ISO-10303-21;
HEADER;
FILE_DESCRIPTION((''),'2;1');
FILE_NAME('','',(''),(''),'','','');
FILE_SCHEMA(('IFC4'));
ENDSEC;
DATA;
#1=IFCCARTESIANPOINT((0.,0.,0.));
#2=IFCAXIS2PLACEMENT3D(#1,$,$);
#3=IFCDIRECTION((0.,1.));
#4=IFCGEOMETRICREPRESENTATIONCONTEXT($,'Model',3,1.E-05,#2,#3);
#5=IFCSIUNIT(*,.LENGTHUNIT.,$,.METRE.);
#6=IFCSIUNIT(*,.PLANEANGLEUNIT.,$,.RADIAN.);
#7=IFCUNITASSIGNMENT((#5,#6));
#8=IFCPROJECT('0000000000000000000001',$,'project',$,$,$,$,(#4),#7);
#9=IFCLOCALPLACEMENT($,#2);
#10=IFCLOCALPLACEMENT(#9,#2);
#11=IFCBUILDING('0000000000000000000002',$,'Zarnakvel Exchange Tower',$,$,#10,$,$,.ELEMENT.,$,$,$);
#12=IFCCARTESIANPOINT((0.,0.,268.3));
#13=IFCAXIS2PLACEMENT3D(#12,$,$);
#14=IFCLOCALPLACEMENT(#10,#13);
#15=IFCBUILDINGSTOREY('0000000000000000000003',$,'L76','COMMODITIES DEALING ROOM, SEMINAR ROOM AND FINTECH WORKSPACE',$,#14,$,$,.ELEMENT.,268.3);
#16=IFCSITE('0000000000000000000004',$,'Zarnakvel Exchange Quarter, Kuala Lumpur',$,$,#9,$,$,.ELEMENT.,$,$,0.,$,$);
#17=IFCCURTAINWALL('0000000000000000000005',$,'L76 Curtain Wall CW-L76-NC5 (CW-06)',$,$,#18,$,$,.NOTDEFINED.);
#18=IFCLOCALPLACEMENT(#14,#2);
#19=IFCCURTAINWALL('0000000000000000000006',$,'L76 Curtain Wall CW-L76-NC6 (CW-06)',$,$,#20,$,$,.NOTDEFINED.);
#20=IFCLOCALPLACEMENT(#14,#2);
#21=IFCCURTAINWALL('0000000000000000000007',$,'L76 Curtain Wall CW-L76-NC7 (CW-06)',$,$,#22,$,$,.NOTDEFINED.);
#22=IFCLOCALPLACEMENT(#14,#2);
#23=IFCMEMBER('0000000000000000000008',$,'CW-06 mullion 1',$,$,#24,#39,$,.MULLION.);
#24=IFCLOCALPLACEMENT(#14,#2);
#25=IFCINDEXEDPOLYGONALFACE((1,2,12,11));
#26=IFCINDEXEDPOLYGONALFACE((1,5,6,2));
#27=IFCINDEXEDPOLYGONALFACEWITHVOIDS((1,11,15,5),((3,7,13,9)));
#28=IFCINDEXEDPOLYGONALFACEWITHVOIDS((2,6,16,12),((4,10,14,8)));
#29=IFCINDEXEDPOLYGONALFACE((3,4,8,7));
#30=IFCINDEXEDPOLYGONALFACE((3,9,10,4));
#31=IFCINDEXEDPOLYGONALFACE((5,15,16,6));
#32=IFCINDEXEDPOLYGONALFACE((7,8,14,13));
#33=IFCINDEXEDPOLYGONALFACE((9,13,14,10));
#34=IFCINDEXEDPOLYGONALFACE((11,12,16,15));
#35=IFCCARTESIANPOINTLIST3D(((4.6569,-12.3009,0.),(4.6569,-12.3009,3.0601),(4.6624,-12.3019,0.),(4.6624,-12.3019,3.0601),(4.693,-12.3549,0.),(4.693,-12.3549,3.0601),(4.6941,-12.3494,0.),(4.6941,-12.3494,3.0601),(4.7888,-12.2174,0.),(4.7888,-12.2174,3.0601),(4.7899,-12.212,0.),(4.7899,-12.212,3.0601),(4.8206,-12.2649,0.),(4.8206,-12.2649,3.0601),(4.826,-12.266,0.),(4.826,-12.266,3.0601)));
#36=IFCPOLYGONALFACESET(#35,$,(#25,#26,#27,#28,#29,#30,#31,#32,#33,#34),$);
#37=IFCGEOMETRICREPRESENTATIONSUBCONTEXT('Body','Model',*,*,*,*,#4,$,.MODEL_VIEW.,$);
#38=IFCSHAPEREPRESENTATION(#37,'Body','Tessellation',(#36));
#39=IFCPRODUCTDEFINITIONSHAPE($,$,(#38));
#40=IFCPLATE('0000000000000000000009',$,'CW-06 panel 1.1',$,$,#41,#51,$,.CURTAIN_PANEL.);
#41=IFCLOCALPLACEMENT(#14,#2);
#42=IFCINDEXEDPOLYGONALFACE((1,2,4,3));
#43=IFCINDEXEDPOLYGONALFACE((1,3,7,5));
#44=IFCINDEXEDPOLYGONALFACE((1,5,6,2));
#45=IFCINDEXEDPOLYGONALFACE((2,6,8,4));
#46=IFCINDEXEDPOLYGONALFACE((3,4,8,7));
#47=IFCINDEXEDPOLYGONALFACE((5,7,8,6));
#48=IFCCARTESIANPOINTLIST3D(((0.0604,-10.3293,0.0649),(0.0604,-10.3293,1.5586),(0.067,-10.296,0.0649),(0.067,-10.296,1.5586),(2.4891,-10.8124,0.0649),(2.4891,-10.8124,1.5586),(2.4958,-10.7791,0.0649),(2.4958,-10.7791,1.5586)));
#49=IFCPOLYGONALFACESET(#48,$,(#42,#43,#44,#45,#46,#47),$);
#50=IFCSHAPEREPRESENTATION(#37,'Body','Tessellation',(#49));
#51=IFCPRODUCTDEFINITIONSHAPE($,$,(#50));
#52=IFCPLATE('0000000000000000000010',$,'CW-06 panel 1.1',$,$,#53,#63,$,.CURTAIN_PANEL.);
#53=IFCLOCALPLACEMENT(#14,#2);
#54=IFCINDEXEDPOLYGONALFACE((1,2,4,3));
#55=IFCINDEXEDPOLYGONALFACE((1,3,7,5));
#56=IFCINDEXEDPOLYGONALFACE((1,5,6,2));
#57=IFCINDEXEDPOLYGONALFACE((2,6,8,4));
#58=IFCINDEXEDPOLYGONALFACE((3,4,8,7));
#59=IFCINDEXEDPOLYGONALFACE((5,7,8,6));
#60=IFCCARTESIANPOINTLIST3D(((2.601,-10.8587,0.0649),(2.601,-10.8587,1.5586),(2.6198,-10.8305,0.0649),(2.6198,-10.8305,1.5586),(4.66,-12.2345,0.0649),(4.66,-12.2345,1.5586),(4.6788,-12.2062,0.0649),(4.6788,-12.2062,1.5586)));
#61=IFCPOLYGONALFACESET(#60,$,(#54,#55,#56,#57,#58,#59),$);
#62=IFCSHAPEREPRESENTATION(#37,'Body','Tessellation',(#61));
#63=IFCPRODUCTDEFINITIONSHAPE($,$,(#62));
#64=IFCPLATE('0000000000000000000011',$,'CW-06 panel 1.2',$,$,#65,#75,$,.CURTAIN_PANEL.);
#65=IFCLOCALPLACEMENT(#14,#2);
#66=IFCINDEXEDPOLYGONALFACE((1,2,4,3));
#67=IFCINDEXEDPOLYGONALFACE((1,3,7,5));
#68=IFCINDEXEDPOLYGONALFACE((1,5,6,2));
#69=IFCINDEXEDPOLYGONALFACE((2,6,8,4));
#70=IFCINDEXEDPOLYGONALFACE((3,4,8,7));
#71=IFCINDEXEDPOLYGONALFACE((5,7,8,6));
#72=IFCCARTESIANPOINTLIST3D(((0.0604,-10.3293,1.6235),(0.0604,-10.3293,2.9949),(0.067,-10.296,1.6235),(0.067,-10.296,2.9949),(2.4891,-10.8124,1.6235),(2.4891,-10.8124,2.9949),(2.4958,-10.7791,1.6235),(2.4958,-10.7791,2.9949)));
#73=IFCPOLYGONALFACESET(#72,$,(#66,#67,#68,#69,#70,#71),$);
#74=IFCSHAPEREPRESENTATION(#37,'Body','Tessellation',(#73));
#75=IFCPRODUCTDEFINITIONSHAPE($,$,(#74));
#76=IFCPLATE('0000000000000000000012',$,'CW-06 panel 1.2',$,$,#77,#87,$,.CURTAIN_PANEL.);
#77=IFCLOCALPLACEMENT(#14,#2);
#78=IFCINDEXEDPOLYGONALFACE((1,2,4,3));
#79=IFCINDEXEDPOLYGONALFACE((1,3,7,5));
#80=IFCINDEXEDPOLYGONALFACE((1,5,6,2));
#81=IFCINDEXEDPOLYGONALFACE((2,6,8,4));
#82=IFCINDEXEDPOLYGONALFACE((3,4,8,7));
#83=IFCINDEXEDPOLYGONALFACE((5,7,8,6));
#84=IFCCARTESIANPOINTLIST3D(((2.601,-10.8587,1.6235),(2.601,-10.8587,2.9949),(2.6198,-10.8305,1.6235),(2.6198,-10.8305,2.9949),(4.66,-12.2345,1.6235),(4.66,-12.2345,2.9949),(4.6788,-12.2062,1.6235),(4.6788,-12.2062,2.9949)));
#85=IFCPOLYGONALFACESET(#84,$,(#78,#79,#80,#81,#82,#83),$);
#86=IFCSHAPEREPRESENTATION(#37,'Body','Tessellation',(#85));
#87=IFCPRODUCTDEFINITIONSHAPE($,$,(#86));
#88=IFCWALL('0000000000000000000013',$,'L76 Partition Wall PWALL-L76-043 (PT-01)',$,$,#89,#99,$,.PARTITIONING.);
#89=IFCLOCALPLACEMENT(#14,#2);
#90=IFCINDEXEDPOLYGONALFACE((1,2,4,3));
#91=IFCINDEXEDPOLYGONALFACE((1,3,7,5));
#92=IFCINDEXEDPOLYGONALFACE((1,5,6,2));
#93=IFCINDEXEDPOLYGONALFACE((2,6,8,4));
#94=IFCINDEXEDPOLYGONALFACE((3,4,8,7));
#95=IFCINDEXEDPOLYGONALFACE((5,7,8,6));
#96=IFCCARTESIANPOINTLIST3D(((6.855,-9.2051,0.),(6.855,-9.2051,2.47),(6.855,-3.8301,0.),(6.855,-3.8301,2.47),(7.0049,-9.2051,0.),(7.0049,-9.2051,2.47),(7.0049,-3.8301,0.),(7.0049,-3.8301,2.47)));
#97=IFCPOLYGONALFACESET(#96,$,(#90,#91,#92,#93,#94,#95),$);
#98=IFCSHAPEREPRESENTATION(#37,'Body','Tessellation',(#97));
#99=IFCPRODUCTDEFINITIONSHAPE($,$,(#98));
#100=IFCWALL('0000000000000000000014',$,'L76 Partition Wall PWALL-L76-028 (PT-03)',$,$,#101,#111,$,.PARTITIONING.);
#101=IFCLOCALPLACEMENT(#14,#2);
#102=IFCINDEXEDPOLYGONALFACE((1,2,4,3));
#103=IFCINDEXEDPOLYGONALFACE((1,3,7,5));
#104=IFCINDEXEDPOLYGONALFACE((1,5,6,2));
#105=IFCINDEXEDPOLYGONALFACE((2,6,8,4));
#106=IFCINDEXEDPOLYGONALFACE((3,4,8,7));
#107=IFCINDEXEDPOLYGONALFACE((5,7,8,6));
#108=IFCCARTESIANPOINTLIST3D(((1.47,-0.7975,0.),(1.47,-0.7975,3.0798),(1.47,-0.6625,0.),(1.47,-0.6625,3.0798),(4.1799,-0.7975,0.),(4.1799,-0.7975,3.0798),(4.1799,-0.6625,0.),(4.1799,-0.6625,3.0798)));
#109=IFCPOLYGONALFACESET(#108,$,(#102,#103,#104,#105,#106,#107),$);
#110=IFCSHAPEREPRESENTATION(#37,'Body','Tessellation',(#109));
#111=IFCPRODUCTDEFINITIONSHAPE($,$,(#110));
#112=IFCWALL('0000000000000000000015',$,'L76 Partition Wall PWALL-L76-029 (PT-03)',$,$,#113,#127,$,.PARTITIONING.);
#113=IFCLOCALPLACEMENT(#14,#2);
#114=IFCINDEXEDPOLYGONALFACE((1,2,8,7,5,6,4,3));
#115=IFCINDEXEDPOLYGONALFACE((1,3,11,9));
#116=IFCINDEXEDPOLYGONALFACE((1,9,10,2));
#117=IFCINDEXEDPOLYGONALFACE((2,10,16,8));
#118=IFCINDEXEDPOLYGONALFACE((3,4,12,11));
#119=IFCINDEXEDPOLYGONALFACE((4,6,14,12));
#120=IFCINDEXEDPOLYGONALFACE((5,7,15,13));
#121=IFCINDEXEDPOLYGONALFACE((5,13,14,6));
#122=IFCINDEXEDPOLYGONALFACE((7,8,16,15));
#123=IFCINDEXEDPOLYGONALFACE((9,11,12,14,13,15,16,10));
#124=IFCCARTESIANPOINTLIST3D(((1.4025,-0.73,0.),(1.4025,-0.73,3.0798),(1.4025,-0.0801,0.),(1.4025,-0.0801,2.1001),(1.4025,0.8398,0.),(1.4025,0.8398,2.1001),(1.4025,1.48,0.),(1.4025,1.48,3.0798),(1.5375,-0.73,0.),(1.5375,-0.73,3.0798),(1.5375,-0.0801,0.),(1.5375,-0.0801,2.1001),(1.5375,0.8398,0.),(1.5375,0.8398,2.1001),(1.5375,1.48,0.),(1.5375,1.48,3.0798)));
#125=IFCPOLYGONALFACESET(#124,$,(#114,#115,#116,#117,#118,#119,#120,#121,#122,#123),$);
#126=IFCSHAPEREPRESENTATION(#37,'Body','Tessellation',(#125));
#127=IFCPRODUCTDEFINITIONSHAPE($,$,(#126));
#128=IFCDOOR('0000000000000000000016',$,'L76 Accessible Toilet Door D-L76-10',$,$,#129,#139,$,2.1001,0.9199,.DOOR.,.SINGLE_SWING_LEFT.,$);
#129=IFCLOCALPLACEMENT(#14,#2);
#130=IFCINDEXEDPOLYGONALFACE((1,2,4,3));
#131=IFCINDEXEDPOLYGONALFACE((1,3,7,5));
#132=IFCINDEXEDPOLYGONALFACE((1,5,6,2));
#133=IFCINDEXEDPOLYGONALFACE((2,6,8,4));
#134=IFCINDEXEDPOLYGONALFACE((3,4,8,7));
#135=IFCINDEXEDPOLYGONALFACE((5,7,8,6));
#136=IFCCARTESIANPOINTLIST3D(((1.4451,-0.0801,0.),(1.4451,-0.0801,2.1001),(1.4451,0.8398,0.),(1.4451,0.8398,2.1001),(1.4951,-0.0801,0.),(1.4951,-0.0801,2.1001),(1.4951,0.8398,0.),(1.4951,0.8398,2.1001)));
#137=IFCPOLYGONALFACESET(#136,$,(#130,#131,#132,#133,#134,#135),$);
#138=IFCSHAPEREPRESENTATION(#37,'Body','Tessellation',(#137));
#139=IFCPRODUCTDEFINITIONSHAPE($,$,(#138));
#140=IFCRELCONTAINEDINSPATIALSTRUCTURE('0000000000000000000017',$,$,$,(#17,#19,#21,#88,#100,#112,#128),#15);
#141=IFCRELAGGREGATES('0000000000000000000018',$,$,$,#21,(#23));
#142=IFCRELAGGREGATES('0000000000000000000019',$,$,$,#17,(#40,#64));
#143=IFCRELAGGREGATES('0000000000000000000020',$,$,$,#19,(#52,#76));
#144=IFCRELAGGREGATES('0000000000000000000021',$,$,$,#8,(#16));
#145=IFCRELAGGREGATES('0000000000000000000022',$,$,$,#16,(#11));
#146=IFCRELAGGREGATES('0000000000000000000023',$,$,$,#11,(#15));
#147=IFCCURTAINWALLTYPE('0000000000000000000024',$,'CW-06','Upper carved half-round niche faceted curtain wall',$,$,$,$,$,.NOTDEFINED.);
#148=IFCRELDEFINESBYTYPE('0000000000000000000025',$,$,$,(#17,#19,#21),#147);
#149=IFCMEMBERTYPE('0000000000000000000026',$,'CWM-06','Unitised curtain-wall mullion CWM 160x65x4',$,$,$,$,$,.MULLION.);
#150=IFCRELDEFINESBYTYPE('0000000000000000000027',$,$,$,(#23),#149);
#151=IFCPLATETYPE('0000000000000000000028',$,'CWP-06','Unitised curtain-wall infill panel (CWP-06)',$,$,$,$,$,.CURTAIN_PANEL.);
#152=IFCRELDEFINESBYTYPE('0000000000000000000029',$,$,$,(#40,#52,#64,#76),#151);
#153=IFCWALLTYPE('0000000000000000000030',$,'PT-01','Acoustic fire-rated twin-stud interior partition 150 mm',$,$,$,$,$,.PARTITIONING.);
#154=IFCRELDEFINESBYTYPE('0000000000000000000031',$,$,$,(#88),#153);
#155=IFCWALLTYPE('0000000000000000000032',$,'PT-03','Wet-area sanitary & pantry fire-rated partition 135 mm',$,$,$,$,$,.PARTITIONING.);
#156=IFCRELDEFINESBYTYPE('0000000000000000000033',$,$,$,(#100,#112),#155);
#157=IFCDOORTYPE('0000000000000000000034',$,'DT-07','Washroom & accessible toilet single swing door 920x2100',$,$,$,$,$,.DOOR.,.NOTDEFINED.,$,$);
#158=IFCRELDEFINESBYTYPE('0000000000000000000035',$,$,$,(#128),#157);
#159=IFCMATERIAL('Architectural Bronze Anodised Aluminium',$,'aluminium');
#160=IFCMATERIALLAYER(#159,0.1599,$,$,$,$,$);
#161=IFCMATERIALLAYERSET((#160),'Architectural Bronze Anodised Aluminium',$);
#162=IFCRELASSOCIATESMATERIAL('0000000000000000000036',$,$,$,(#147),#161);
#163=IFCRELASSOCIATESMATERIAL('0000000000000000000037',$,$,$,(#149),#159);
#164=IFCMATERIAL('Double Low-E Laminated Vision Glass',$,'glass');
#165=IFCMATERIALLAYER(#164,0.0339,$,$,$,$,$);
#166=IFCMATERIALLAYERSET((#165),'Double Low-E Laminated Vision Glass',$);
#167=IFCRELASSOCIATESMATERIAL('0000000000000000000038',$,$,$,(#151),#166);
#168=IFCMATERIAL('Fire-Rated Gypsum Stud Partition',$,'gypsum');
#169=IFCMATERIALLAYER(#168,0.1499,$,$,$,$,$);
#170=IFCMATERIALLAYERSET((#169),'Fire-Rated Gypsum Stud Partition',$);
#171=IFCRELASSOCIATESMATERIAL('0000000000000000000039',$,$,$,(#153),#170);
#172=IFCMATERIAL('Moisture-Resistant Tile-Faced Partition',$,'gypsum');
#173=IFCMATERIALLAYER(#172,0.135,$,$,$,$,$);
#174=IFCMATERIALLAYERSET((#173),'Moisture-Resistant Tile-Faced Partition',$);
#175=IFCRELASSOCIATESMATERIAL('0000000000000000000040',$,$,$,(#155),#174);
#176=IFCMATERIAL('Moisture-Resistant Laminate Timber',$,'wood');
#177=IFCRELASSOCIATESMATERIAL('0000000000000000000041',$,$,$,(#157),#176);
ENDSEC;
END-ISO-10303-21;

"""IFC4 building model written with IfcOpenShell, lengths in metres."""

from ifc_helpers import new_model, si_unit, direction, frame, frame_2d, origin, origin_2d, place, context, subcontext, project, spatial, rectangle, hollow_rectangle, extrude, source, transform, mapped, material, layer, layer_set, material_profile, profile_set, type_object, element, fill, aggregate, save


model = new_model("IFC4")

# Units and contexts
model_context = context("Model", 3, precision=1e-05, world=origin(), true_north=direction((0.0, 1.0)))
body_context = subcontext(model_context, "Body", "Model", "MODEL_VIEW")
ifc_project = project(units=[si_unit("LENGTHUNIT", "METRE"), si_unit("PLANEANGLEUNIT", "RADIAN")], contexts=[model_context])

# Site, building, storey
site_placement = place(None, origin())
site = spatial("IfcSite", under=ifc_project, at=site_placement, Name="Zarnakvel Exchange Quarter, Kuala Lumpur", CompositionType="ELEMENT", RefElevation=0.0)
building_placement = place(site_placement, origin())
building = spatial("IfcBuilding", under=site, at=building_placement, Name="Zarnakvel Exchange Tower", CompositionType="ELEMENT")
storey_placement = place(building_placement, frame((0.0, 0.0, 268.3)))
storey = spatial("IfcBuildingStorey", under=building, at=storey_placement, Name="L76", Description="COMMODITIES DEALING ROOM, SEMINAR ROOM AND FINTECH WORKSPACE", CompositionType="ELEMENT", Elevation=268.3)

# Curtain walls
ifc_material_1 = material(Name="Architectural Bronze Anodised Aluminium", Category="aluminium")
ifc_layer_1 = layer(ifc_material_1, 0.1599)
ifc_layer_set_1 = layer_set([ifc_layer_1], Name="Architectural Bronze Anodised Aluminium")
curtain_wall_type = type_object("IfcCurtainWallType", Name="CW-06", Description="Upper carved half-round niche faceted curtain wall", PredefinedType="NOTDEFINED", material=ifc_layer_set_1)
curtain_wall_1_placement = place(storey_placement, origin())
curtain_wall_1 = element("IfcCurtainWall", 1, at=curtain_wall_1_placement, inside=storey, type_object=curtain_wall_type, Name="L76 Curtain Wall CW-L76-NC5 (CW-06)", PredefinedType="NOTDEFINED")
curtain_wall_2_placement = place(storey_placement, origin())
curtain_wall_2 = element("IfcCurtainWall", 2, at=curtain_wall_2_placement, inside=storey, type_object=curtain_wall_type, Name="L76 Curtain Wall CW-L76-NC6 (CW-06)", PredefinedType="NOTDEFINED")

# Shared definitions
ifc_material_profile_1 = material_profile(ifc_material_1, hollow_rectangle(XDim=0.1599, YDim=0.0649, WallThickness=0.0039, at=origin_2d()))
ifc_profile_set_1 = profile_set([ifc_material_profile_1], Name="Architectural Bronze Anodised Aluminium")
member_type_1 = type_object("IfcMemberType", Name="CWM-06", Description="Unitised curtain-wall mullion CWM 160x65x4", PredefinedType="MULLION", material=ifc_profile_set_1)
shared_shape_1 = source(origin(), body_context, "Body", "SweptSolid", [
    extrude(hollow_rectangle(XDim=0.1599, YDim=0.0649, WallThickness=0.0039, at=origin_2d()), origin(), (0.0, 0.0, 1.0), 3.0601),
])

# Curtain wall, member
curtain_wall_3_placement = place(storey_placement, origin())
curtain_wall_3 = element("IfcCurtainWall", 3, at=curtain_wall_3_placement, inside=storey, type_object=curtain_wall_type, Name="L76 Curtain Wall CW-L76-NC7 (CW-06)", PredefinedType="NOTDEFINED")
member_1_placement = place(storey_placement, frame((4.7415, -12.2834, 0.0), z_axis=(0.0, 0.0, 1.0), x_axis=(0.83147, 0.55557, 0.0)))
member_1 = element("IfcMember", 4, at=member_1_placement, type_object=member_type_1, Name="CW-06 mullion 1", PredefinedType="MULLION", context=body_context, shape_type="MappedRepresentation", body=[
    mapped(shared_shape_1, transform((0.0, 0.0, 0.0), x_axis=(1.0, 0.0, 0.0), y_axis=(0.0, 1.0, 0.0), z_axis=(0.0, 0.0, 1.0), scale=1.0)),
])
aggregate(curtain_wall_3, [member_1])

# Plates
ifc_material_2 = material(Name="Double Low-E Laminated Vision Glass", Category="glass")
ifc_layer_2 = layer(ifc_material_2, 0.0339)
ifc_layer_set_2 = layer_set([ifc_layer_2], Name="Double Low-E Laminated Vision Glass")
plate_type = type_object("IfcPlateType", Name="CWP-06", Description="Unitised curtain-wall infill panel (CWP-06)", PredefinedType="CURTAIN_PANEL", material=ifc_layer_set_2)
shared_shape_2 = source(origin(), body_context, "Body", "SweptSolid", [
    extrude(rectangle(XDim=2.4763, YDim=0.0339, at=origin_2d()), origin(), (0.0, 0.0, 1.0), 1.4937),
])
plate_1_placement = place(storey_placement, frame((1.2781, -10.5542, 0.0649), z_axis=(0.0, 0.0, 1.0), x_axis=(0.980785, -0.19509, 0.0)))
plate_1 = element("IfcPlate", 5, at=plate_1_placement, type_object=plate_type, Name="CW-06 panel 1.1", PredefinedType="CURTAIN_PANEL", context=body_context, shape_type="MappedRepresentation", body=[
    mapped(shared_shape_2, transform((0.0, 0.0, 0.0), x_axis=(1.0, 0.0, 0.0), y_axis=(0.0, 1.0, 0.0), z_axis=(0.0, 0.0, 1.0), scale=1.0)),
])
plate_2_placement = place(storey_placement, frame((3.6399, -11.5325, 0.0649), z_axis=(0.0, 0.0, 1.0), x_axis=(0.83147, -0.55557, 0.0)))
plate_2 = element("IfcPlate", 6, at=plate_2_placement, type_object=plate_type, Name="CW-06 panel 1.1", PredefinedType="CURTAIN_PANEL", context=body_context, shape_type="MappedRepresentation", body=[
    mapped(shared_shape_2, transform((0.0, 0.0, 0.0), x_axis=(1.0, 0.0, 0.0), y_axis=(0.0, 1.0, 0.0), z_axis=(0.0, 0.0, 1.0), scale=1.0)),
])
shared_shape_3 = source(origin(), body_context, "Body", "SweptSolid", [
    extrude(rectangle(XDim=2.4763, YDim=0.0339, at=origin_2d()), origin(), (0.0, 0.0, 1.0), 1.3713),
])
plate_3_placement = place(storey_placement, frame((1.2781, -10.5542, 1.6235), z_axis=(0.0, 0.0, 1.0), x_axis=(0.980785, -0.19509, 0.0)))
plate_3 = element("IfcPlate", 7, at=plate_3_placement, type_object=plate_type, Name="CW-06 panel 1.2", PredefinedType="CURTAIN_PANEL", context=body_context, shape_type="MappedRepresentation", body=[
    mapped(shared_shape_3, transform((0.0, 0.0, 0.0), x_axis=(1.0, 0.0, 0.0), y_axis=(0.0, 1.0, 0.0), z_axis=(0.0, 0.0, 1.0), scale=1.0)),
])
aggregate(curtain_wall_1, [plate_1, plate_3])
plate_4_placement = place(storey_placement, frame((3.6399, -11.5325, 1.6235), z_axis=(0.0, 0.0, 1.0), x_axis=(0.83147, -0.55557, 0.0)))
plate_4 = element("IfcPlate", 8, at=plate_4_placement, type_object=plate_type, Name="CW-06 panel 1.2", PredefinedType="CURTAIN_PANEL", context=body_context, shape_type="MappedRepresentation", body=[
    mapped(shared_shape_3, transform((0.0, 0.0, 0.0), x_axis=(1.0, 0.0, 0.0), y_axis=(0.0, 1.0, 0.0), z_axis=(0.0, 0.0, 1.0), scale=1.0)),
])
aggregate(curtain_wall_2, [plate_2, plate_4])

# Walls
ifc_material_3 = material(Name="Fire-Rated Gypsum Stud Partition", Category="gypsum")
ifc_layer_3 = layer(ifc_material_3, 0.1499)
ifc_layer_set_3 = layer_set([ifc_layer_3], Name="Fire-Rated Gypsum Stud Partition")
wall_type_1 = type_object("IfcWallType", Name="PT-01", Description="Acoustic fire-rated twin-stud interior partition 150 mm", PredefinedType="PARTITIONING", material=ifc_layer_set_3)
wall_1_placement = place(storey_placement, frame((6.9299, -3.8301, 0.0), z_axis=(0.0, 0.0, 1.0), x_axis=(0.0, -1.0, 0.0)))
element("IfcWall", 9, at=wall_1_placement, inside=storey, type_object=wall_type_1, Name="L76 Partition Wall PWALL-L76-043 (PT-01)", PredefinedType="PARTITIONING", context=body_context, shape_type="SweptSolid", body=[
    extrude(rectangle(XDim=5.375, YDim=0.1499, at=frame_2d((2.6875, 0.0))), origin(), (0.0, 0.0, 1.0), 2.47),
])
ifc_material_4 = material(Name="Moisture-Resistant Tile-Faced Partition", Category="gypsum")
ifc_layer_4 = layer(ifc_material_4, 0.135)
ifc_layer_set_4 = layer_set([ifc_layer_4], Name="Moisture-Resistant Tile-Faced Partition")
wall_type_2 = type_object("IfcWallType", Name="PT-03", Description="Wet-area sanitary & pantry fire-rated partition 135 mm", PredefinedType="PARTITIONING", material=ifc_layer_set_4)
wall_2_placement = place(storey_placement, frame((4.1799, -0.73, 0.0), z_axis=(0.0, 0.0, 1.0), x_axis=(-1.0, 0.0, 0.0)))
element("IfcWall", 10, at=wall_2_placement, inside=storey, type_object=wall_type_2, Name="L76 Partition Wall PWALL-L76-028 (PT-03)", PredefinedType="PARTITIONING", context=body_context, shape_type="SweptSolid", body=[
    extrude(rectangle(XDim=2.71, YDim=0.135, at=frame_2d((1.355, 0.0))), origin(), (0.0, 0.0, 1.0), 3.0798),
])

# Wall, opening, door
wall_3_placement = place(storey_placement, frame((1.47, -0.73, 0.0), z_axis=(0.0, 0.0, 1.0), x_axis=(0.0, 1.0, 0.0)))
wall_3 = element("IfcWall", 11, at=wall_3_placement, inside=storey, type_object=wall_type_2, Name="L76 Partition Wall PWALL-L76-029 (PT-03)", PredefinedType="PARTITIONING", context=body_context, shape_type="SweptSolid", body=[
    extrude(rectangle(XDim=2.21, YDim=0.135, at=frame_2d((1.105, 0.0))), origin(), (0.0, 0.0, 1.0), 3.0798),
])
opening_placement = place(wall_3_placement, frame((0.6499, 0.0, 0.0)))
opening = element("IfcOpeningElement", 12, at=opening_placement, cuts=wall_3, PredefinedType="OPENING", context=body_context, shape_type="SweptSolid", body=[
    extrude(rectangle(XDim=0.9199, YDim=2.1001, at=frame_2d((0.46, 1.05))), frame((0.0, 0.0774, 0.0), z_axis=(0.0, -1.0, 0.0), x_axis=(1.0, 0.0, 0.0)), (0.0, 0.0, 1.0), 0.155),
])
ifc_material_5 = material(Name="Moisture-Resistant Laminate Timber", Category="wood")
door_type = type_object("IfcDoorType", Name="DT-07", Description="Washroom & accessible toilet single swing door 920x2100", OperationType="NOTDEFINED", PredefinedType="DOOR", material=ifc_material_5)
shared_shape_4 = source(origin(), body_context, "Body", "SweptSolid", [
    extrude(rectangle(XDim=0.9199, YDim=2.1001, at=frame_2d((0.46, 1.05))), frame((0.0, 0.0249, 0.0), z_axis=(0.0, -1.0, 0.0), x_axis=(1.0, 0.0, 0.0)), (0.0, 0.0, 1.0), 0.05),
])
door_placement = place(opening_placement, origin())
door = element("IfcDoor", 13, at=door_placement, inside=storey, type_object=door_type, Name="L76 Accessible Toilet Door D-L76-10", OperationType="SINGLE_SWING_LEFT", OverallHeight=2.1001, OverallWidth=0.9199, PredefinedType="DOOR", context=body_context, shape_type="MappedRepresentation", body=[
    mapped(shared_shape_4, transform((0.0, 0.0, 0.0), x_axis=(1.0, 0.0, 0.0), y_axis=(0.0, 1.0, 0.0), z_axis=(0.0, 0.0, 1.0), scale=1.0)),
])
fill(opening, door)

save(model, "model.ifc")
